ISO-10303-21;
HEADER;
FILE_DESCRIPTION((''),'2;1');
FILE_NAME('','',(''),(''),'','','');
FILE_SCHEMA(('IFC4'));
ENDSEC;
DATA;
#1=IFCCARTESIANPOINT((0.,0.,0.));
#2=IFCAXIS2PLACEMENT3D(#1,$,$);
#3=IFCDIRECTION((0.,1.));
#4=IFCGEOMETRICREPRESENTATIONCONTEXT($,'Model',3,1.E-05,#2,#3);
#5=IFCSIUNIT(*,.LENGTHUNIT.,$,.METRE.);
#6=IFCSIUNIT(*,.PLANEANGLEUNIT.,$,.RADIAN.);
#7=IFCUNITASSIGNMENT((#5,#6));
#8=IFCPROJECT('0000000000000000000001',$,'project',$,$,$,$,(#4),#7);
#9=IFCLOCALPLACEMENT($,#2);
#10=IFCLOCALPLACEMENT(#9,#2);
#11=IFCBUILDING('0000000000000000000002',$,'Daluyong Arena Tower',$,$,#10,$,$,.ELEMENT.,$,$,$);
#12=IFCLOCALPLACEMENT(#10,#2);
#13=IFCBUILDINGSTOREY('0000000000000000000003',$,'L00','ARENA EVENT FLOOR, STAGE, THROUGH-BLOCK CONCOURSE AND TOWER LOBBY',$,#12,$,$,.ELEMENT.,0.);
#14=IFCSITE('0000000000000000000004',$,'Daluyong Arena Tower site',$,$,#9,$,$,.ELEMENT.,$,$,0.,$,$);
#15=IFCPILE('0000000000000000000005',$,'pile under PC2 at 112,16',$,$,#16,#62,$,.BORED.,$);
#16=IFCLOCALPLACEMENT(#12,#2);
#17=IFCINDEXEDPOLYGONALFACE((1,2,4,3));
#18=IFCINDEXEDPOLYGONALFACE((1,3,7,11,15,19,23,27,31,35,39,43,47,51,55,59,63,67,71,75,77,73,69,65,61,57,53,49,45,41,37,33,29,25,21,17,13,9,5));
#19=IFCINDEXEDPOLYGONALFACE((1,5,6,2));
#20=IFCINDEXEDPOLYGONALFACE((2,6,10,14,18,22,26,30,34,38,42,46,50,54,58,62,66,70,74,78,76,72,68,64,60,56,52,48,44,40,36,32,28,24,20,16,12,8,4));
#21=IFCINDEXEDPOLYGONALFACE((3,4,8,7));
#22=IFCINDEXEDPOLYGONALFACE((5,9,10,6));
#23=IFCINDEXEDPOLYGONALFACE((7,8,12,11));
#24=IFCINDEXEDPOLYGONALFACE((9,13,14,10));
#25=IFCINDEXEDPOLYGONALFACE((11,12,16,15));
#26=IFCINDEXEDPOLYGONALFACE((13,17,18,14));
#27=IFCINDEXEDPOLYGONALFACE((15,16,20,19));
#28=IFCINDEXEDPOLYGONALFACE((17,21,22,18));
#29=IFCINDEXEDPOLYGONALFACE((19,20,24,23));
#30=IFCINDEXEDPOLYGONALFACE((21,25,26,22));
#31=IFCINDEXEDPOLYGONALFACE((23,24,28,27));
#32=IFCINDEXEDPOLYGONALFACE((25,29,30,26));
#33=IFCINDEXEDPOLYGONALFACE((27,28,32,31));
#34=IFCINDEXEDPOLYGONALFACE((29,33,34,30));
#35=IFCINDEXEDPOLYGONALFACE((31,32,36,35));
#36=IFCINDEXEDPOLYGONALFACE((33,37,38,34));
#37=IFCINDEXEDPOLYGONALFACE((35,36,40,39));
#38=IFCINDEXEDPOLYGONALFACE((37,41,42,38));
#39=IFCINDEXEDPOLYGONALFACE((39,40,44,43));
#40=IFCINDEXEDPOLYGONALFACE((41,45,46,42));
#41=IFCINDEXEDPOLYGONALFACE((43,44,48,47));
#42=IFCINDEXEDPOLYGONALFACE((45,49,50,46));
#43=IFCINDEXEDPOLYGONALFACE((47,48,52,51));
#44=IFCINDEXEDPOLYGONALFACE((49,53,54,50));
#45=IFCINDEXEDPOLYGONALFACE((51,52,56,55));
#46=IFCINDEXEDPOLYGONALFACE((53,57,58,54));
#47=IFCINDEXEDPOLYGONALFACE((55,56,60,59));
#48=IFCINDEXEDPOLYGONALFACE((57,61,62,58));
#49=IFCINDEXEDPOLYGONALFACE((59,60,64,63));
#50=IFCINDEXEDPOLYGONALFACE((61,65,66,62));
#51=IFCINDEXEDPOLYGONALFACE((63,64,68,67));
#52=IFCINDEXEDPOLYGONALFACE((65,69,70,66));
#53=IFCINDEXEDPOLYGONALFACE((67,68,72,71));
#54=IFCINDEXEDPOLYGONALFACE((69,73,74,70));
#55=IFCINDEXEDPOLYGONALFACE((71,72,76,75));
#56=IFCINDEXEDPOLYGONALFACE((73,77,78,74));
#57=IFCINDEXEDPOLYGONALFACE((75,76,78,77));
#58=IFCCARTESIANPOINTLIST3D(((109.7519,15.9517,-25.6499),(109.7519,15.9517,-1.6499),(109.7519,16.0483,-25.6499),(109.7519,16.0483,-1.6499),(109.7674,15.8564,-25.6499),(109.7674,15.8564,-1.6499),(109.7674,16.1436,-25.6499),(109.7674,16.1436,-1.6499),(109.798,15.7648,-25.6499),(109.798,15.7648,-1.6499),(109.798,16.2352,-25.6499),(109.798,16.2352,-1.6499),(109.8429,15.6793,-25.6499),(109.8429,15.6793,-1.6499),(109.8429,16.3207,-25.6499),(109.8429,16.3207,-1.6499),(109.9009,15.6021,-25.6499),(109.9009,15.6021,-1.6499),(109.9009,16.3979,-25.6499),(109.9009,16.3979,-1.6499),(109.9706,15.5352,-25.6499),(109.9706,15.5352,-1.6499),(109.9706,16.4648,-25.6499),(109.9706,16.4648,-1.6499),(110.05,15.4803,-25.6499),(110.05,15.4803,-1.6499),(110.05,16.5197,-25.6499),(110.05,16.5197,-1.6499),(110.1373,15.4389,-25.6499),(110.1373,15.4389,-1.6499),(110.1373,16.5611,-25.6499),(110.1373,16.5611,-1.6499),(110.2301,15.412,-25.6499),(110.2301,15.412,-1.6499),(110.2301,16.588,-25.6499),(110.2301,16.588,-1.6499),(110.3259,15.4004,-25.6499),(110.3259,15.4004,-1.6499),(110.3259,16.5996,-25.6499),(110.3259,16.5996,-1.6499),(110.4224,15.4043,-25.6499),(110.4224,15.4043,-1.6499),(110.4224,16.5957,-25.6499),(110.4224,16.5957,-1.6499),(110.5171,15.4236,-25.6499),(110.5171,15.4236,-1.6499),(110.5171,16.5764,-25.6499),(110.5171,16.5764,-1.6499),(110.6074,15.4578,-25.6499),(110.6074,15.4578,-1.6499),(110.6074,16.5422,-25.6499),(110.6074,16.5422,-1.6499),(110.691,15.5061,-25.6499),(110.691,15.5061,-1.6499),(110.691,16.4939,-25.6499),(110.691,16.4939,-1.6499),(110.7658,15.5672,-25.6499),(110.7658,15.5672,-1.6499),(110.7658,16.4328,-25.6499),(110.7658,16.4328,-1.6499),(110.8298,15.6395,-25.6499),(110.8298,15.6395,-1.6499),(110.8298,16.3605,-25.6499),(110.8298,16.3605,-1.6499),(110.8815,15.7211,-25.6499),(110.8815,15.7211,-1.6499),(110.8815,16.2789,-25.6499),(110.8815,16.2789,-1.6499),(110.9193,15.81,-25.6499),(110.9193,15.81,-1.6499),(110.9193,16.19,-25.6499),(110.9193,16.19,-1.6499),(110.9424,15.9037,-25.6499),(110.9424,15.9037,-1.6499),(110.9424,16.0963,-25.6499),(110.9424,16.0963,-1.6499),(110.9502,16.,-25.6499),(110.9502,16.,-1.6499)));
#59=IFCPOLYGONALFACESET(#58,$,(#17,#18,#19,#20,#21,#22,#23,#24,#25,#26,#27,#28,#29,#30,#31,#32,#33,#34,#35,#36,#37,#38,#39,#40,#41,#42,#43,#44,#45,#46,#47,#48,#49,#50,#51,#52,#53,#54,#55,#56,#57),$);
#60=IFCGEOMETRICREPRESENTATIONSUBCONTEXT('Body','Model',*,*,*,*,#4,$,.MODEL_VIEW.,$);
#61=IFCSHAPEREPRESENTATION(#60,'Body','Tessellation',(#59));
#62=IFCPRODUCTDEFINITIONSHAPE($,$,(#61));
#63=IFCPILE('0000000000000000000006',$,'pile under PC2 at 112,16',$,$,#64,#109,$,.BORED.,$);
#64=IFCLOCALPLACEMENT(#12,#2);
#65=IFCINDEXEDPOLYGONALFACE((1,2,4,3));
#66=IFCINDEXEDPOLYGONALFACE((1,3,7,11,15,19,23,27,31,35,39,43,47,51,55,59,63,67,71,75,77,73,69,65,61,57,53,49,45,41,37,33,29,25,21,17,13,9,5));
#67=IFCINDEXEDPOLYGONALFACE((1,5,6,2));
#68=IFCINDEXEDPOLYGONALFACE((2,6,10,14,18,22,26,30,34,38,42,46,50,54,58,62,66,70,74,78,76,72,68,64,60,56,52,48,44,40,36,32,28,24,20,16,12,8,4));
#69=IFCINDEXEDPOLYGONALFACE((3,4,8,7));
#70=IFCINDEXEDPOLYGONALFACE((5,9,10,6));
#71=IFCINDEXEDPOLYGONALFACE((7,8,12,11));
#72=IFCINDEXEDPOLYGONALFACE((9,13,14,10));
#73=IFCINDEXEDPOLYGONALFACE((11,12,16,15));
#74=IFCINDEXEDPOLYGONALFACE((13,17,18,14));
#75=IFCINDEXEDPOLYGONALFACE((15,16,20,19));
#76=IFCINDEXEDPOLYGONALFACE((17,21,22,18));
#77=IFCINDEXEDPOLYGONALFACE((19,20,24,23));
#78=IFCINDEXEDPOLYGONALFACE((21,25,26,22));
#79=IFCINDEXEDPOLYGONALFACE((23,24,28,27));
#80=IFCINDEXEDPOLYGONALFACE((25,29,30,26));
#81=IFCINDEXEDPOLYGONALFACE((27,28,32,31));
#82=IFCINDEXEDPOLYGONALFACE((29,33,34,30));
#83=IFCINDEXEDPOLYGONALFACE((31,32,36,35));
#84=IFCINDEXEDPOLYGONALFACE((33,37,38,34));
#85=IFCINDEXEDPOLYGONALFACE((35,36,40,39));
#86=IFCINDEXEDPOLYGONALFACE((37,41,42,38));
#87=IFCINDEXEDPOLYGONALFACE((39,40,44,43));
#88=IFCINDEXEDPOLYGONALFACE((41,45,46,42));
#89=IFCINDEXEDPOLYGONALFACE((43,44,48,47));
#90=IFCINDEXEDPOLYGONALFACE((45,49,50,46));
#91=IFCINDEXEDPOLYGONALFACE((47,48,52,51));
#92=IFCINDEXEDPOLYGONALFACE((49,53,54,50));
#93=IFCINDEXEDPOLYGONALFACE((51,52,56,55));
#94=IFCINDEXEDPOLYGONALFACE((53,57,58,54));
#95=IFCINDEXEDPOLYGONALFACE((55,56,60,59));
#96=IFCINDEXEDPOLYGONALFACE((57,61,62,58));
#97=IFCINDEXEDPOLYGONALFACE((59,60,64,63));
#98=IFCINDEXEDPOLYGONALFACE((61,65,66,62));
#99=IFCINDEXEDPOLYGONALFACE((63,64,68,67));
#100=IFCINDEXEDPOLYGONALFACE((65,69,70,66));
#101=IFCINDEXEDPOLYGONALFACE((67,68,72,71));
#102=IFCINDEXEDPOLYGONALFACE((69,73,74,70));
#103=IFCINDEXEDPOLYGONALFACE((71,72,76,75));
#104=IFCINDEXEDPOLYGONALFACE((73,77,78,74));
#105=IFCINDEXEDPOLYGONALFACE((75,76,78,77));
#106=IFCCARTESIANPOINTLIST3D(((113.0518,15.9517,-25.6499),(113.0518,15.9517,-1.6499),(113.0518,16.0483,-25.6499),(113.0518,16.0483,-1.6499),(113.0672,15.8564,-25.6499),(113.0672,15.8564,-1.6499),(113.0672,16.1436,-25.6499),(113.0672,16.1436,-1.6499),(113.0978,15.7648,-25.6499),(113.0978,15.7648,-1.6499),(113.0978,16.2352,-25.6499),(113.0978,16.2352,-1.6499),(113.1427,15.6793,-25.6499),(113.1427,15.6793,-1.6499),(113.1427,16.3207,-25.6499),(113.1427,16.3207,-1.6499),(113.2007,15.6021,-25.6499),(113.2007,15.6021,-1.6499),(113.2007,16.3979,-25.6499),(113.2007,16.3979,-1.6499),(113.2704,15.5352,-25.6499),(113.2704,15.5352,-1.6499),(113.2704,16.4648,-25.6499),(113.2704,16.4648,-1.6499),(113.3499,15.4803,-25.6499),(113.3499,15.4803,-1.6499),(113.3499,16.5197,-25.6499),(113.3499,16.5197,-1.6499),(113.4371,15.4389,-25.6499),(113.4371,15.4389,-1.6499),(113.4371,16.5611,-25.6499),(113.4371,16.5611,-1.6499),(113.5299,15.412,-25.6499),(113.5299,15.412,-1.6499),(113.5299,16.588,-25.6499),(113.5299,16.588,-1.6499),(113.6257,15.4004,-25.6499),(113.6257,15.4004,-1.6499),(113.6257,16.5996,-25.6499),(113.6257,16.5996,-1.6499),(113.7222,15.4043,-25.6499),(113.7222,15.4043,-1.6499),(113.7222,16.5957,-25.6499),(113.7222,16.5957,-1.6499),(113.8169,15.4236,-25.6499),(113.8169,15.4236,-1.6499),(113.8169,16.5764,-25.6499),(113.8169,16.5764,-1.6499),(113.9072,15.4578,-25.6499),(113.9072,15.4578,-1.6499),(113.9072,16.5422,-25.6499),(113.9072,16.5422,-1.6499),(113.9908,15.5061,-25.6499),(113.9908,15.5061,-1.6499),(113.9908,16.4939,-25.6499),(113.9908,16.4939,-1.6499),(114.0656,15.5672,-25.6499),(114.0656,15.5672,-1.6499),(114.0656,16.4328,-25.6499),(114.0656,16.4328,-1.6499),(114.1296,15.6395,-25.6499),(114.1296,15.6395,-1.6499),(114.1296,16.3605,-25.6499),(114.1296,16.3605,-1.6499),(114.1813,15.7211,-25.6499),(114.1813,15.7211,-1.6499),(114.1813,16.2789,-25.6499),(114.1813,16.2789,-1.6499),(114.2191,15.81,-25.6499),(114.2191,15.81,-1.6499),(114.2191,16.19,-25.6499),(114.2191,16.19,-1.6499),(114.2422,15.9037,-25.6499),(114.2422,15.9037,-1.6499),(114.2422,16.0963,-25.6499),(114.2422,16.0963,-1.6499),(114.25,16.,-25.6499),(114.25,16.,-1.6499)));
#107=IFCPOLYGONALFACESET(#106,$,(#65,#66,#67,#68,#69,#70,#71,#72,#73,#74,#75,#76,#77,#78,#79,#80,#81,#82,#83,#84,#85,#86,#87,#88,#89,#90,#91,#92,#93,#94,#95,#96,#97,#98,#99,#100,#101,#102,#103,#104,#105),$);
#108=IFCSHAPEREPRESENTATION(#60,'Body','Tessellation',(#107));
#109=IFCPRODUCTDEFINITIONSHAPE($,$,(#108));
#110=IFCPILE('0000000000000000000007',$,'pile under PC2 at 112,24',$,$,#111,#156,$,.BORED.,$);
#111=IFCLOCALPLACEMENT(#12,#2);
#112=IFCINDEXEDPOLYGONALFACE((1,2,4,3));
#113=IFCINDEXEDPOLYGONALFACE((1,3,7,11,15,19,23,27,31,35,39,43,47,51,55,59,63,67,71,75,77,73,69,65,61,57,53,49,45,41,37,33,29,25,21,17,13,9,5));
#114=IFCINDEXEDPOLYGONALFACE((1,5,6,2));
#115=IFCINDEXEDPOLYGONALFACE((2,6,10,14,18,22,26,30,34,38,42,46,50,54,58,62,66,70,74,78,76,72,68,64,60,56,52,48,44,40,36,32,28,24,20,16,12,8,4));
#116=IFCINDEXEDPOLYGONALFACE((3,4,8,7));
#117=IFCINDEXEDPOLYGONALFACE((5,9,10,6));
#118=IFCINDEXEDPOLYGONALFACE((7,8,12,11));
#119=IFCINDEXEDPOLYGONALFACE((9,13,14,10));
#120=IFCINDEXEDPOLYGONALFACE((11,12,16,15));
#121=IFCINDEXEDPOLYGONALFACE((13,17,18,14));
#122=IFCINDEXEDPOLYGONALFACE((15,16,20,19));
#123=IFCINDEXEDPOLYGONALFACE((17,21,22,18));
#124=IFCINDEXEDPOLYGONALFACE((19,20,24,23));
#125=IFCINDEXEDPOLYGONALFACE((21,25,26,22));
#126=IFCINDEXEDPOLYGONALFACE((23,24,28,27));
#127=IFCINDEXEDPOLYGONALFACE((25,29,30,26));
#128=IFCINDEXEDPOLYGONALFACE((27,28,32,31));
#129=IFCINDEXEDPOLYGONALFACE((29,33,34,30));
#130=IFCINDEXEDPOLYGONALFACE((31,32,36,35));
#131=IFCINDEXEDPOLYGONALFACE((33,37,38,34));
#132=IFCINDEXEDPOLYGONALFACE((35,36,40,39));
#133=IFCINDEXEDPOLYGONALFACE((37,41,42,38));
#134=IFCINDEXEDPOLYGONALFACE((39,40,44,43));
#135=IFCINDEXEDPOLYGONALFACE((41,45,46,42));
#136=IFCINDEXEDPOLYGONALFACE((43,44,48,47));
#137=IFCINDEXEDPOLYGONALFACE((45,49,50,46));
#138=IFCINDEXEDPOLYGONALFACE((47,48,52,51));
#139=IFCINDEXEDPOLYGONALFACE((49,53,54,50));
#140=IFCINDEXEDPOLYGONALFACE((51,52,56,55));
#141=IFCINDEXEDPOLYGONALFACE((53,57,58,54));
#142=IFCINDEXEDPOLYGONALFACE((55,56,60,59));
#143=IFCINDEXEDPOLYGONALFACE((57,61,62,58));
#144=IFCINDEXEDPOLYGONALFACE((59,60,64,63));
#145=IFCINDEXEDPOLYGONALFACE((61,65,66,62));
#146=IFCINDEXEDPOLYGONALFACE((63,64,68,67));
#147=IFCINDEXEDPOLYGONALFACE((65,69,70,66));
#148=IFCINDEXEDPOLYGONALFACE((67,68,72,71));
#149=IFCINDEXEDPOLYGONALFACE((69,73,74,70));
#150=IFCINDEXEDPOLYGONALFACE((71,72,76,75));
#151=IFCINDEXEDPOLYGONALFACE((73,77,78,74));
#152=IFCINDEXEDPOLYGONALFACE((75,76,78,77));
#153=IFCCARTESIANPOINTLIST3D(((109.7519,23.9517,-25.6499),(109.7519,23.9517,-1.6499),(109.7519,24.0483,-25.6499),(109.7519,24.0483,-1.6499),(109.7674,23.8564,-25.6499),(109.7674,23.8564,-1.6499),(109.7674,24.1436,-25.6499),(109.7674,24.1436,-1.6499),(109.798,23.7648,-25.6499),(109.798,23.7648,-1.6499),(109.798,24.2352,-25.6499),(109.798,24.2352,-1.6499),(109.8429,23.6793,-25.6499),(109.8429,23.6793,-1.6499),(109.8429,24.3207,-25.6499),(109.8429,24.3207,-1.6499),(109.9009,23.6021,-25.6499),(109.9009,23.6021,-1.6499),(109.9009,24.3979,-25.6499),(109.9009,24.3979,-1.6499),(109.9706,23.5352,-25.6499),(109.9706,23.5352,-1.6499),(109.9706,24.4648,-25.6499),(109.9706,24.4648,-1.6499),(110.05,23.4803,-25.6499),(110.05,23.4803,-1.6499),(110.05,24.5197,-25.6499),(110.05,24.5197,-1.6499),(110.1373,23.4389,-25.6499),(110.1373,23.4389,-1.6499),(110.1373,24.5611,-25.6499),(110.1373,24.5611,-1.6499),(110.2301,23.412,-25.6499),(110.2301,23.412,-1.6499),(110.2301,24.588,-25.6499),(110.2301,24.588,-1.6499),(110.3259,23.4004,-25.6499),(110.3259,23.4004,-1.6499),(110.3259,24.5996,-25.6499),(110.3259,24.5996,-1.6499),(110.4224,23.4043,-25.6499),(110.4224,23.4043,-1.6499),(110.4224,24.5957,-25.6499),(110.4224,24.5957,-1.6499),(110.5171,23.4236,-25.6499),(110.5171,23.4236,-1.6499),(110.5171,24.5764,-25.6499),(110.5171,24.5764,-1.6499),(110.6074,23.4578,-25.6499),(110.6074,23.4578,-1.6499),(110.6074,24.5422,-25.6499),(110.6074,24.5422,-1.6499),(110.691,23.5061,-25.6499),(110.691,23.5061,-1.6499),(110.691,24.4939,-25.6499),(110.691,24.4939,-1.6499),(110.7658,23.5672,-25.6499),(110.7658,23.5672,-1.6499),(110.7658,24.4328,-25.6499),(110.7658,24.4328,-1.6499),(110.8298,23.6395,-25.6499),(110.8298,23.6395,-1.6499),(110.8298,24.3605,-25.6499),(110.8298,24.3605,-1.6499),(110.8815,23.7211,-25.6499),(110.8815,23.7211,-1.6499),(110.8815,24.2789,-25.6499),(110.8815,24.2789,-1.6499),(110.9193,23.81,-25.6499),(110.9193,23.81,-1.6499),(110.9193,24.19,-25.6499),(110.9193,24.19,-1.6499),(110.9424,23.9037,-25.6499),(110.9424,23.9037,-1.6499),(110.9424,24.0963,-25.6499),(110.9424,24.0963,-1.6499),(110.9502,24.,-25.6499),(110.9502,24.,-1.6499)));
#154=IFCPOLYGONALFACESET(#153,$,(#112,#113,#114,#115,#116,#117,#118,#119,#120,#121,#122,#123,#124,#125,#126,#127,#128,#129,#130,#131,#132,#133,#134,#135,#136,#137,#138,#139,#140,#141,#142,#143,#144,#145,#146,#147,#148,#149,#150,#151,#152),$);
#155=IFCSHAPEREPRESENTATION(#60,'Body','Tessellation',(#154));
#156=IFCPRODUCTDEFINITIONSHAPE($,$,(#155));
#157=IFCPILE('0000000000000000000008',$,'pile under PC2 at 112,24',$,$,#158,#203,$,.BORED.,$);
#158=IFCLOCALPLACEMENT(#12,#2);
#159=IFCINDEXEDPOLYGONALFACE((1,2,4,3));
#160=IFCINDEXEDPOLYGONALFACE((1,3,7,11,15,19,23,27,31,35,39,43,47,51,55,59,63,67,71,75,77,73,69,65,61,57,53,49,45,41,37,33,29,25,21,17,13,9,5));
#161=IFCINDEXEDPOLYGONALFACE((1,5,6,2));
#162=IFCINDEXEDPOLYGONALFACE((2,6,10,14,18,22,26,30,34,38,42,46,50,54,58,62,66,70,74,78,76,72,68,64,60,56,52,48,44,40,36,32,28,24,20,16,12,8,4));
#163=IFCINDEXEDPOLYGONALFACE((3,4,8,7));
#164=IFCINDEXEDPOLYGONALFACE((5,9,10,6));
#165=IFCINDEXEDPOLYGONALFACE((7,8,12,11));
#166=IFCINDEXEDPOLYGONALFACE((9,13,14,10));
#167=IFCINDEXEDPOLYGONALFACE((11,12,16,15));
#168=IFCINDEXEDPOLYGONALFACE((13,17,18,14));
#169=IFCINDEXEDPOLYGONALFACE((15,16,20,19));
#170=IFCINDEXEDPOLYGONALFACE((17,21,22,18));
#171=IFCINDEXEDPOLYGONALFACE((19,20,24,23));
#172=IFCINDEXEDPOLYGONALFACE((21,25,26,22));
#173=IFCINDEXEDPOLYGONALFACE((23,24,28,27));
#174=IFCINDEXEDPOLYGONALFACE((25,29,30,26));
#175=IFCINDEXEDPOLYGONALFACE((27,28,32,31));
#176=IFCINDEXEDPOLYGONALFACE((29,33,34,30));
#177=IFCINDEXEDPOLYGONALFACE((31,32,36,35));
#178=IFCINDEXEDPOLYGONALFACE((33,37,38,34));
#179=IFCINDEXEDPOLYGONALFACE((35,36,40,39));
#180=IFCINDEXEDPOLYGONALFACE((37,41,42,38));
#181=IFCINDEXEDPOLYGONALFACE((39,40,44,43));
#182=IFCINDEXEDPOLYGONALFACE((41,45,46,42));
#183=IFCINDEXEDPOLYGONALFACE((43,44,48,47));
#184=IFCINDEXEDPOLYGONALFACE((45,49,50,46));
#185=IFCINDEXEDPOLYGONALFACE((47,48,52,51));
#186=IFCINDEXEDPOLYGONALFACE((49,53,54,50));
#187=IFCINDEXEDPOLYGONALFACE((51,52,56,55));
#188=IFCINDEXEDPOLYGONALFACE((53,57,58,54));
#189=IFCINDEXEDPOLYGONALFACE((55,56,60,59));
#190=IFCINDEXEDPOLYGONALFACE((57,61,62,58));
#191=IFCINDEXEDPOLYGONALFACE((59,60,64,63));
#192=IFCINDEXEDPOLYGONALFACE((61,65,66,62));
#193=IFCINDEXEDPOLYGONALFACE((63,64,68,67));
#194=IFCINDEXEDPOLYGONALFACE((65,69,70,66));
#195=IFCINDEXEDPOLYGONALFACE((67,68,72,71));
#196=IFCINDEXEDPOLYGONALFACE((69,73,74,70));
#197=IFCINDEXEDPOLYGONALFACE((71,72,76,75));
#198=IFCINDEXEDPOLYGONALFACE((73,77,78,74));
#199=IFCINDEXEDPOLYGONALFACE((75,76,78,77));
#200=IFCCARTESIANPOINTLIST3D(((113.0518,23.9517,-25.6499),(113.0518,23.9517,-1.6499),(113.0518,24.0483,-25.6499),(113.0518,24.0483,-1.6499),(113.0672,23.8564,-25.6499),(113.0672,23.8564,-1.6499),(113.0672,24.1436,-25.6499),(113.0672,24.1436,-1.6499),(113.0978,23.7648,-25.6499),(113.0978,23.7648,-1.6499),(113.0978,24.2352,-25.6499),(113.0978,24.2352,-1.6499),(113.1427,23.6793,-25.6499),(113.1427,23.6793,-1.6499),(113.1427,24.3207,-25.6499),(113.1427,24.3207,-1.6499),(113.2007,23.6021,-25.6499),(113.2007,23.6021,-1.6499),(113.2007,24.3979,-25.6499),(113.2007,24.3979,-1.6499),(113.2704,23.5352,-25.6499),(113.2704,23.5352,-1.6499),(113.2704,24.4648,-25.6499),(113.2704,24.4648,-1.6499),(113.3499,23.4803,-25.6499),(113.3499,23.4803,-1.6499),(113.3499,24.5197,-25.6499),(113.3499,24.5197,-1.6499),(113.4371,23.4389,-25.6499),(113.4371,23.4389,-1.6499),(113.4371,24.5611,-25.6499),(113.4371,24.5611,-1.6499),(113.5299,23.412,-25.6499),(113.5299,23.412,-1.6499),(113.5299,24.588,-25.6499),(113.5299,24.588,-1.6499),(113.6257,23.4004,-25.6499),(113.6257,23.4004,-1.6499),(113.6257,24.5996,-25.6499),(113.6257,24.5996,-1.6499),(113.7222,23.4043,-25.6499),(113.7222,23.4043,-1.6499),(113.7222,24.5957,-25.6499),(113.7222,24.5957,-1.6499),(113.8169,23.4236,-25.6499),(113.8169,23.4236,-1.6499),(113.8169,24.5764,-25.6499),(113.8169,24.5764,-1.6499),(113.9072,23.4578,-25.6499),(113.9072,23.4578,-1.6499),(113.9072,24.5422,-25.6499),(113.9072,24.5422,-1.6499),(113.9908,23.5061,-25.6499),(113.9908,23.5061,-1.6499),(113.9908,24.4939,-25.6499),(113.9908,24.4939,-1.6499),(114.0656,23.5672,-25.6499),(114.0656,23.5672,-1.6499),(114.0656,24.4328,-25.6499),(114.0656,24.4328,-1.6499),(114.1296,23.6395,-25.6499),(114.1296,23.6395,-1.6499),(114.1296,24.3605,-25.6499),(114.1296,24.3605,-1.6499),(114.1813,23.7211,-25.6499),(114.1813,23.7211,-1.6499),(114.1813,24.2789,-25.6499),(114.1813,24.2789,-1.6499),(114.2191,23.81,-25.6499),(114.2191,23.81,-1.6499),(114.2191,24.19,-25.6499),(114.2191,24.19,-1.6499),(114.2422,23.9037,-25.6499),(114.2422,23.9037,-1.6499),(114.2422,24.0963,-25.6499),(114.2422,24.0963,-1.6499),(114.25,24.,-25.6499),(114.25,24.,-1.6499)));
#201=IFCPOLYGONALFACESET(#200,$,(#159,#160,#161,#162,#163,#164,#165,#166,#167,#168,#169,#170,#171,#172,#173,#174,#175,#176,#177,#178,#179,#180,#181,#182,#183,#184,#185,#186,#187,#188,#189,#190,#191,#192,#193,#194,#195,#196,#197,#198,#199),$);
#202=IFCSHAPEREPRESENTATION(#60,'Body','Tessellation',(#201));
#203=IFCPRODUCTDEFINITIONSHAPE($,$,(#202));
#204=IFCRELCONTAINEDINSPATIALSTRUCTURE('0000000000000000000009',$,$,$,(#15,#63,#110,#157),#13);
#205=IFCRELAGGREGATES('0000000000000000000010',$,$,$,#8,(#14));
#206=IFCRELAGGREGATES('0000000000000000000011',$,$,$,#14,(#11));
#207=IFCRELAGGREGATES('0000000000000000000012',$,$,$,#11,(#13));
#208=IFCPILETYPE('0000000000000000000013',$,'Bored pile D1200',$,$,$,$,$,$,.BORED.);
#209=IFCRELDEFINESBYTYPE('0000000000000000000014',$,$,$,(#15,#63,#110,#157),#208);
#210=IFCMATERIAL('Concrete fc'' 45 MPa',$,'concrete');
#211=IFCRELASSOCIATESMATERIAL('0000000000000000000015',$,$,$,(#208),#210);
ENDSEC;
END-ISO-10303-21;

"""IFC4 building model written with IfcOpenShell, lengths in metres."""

from ifc_helpers import new_model, si_unit, direction, frame, origin, origin_2d, place, context, subcontext, project, spatial, circle, extrude, material, type_object, element, save


model = new_model("IFC4")

# Units and contexts
model_context = context("Model", 3, precision=1e-05, world=origin(), true_north=direction((0.0, 1.0)))
body_context = subcontext(model_context, "Body", "Model", "MODEL_VIEW")
ifc_project = project(units=[si_unit("LENGTHUNIT", "METRE"), si_unit("PLANEANGLEUNIT", "RADIAN")], contexts=[model_context])

# Site, building, storey
site_placement = place(None, origin())
site = spatial("IfcSite", under=ifc_project, at=site_placement, Name="Daluyong Arena Tower site", CompositionType="ELEMENT", RefElevation=0.0)
building_placement = place(site_placement, origin())
building = spatial("IfcBuilding", under=site, at=building_placement, Name="Daluyong Arena Tower", CompositionType="ELEMENT")
storey_placement = place(building_placement, origin())
storey = spatial("IfcBuildingStorey", under=building, at=storey_placement, Name="L00", Description="ARENA EVENT FLOOR, STAGE, THROUGH-BLOCK CONCOURSE AND TOWER LOBBY", CompositionType="ELEMENT", Elevation=0.0)

# Piles
ifc_material_1 = material(Name="Concrete fc' 45 MPa", Category="concrete")
pile_type = type_object("IfcPileType", Name="Bored pile D1200", PredefinedType="BORED", material=ifc_material_1)
for number, where, z_axis, x_axis, name in (
    (1, (110.3501, 16.0, -1.6499), (0.0, 0.0, -1.0), (1.0, 0.0, 0.0), "pile under PC2 at 112,16"),
    (2, (113.6499, 16.0, -1.6499), (0.0, 0.0, -1.0), (1.0, 0.0, 0.0), "pile under PC2 at 112,16"),
    (3, (110.3501, 24.0, -1.6499), (0.0, 0.0, -1.0), (1.0, 0.0, 0.0), "pile under PC2 at 112,24"),
    (4, (113.6499, 24.0, -1.6499), (0.0, 0.0, -1.0), (1.0, 0.0, 0.0), "pile under PC2 at 112,24"),
):
    element("IfcPile", number, at=place(storey_placement, frame(where, z_axis=z_axis, x_axis=x_axis)), inside=storey, type_object=pile_type, Name=name, PredefinedType="BORED", context=body_context, shape_type="SweptSolid", body=[
        extrude(circle(Radius=0.6001, at=origin_2d()), origin(), (0.0, 0.0, 1.0), 24.0),
    ])

save(model, "model.ifc")
